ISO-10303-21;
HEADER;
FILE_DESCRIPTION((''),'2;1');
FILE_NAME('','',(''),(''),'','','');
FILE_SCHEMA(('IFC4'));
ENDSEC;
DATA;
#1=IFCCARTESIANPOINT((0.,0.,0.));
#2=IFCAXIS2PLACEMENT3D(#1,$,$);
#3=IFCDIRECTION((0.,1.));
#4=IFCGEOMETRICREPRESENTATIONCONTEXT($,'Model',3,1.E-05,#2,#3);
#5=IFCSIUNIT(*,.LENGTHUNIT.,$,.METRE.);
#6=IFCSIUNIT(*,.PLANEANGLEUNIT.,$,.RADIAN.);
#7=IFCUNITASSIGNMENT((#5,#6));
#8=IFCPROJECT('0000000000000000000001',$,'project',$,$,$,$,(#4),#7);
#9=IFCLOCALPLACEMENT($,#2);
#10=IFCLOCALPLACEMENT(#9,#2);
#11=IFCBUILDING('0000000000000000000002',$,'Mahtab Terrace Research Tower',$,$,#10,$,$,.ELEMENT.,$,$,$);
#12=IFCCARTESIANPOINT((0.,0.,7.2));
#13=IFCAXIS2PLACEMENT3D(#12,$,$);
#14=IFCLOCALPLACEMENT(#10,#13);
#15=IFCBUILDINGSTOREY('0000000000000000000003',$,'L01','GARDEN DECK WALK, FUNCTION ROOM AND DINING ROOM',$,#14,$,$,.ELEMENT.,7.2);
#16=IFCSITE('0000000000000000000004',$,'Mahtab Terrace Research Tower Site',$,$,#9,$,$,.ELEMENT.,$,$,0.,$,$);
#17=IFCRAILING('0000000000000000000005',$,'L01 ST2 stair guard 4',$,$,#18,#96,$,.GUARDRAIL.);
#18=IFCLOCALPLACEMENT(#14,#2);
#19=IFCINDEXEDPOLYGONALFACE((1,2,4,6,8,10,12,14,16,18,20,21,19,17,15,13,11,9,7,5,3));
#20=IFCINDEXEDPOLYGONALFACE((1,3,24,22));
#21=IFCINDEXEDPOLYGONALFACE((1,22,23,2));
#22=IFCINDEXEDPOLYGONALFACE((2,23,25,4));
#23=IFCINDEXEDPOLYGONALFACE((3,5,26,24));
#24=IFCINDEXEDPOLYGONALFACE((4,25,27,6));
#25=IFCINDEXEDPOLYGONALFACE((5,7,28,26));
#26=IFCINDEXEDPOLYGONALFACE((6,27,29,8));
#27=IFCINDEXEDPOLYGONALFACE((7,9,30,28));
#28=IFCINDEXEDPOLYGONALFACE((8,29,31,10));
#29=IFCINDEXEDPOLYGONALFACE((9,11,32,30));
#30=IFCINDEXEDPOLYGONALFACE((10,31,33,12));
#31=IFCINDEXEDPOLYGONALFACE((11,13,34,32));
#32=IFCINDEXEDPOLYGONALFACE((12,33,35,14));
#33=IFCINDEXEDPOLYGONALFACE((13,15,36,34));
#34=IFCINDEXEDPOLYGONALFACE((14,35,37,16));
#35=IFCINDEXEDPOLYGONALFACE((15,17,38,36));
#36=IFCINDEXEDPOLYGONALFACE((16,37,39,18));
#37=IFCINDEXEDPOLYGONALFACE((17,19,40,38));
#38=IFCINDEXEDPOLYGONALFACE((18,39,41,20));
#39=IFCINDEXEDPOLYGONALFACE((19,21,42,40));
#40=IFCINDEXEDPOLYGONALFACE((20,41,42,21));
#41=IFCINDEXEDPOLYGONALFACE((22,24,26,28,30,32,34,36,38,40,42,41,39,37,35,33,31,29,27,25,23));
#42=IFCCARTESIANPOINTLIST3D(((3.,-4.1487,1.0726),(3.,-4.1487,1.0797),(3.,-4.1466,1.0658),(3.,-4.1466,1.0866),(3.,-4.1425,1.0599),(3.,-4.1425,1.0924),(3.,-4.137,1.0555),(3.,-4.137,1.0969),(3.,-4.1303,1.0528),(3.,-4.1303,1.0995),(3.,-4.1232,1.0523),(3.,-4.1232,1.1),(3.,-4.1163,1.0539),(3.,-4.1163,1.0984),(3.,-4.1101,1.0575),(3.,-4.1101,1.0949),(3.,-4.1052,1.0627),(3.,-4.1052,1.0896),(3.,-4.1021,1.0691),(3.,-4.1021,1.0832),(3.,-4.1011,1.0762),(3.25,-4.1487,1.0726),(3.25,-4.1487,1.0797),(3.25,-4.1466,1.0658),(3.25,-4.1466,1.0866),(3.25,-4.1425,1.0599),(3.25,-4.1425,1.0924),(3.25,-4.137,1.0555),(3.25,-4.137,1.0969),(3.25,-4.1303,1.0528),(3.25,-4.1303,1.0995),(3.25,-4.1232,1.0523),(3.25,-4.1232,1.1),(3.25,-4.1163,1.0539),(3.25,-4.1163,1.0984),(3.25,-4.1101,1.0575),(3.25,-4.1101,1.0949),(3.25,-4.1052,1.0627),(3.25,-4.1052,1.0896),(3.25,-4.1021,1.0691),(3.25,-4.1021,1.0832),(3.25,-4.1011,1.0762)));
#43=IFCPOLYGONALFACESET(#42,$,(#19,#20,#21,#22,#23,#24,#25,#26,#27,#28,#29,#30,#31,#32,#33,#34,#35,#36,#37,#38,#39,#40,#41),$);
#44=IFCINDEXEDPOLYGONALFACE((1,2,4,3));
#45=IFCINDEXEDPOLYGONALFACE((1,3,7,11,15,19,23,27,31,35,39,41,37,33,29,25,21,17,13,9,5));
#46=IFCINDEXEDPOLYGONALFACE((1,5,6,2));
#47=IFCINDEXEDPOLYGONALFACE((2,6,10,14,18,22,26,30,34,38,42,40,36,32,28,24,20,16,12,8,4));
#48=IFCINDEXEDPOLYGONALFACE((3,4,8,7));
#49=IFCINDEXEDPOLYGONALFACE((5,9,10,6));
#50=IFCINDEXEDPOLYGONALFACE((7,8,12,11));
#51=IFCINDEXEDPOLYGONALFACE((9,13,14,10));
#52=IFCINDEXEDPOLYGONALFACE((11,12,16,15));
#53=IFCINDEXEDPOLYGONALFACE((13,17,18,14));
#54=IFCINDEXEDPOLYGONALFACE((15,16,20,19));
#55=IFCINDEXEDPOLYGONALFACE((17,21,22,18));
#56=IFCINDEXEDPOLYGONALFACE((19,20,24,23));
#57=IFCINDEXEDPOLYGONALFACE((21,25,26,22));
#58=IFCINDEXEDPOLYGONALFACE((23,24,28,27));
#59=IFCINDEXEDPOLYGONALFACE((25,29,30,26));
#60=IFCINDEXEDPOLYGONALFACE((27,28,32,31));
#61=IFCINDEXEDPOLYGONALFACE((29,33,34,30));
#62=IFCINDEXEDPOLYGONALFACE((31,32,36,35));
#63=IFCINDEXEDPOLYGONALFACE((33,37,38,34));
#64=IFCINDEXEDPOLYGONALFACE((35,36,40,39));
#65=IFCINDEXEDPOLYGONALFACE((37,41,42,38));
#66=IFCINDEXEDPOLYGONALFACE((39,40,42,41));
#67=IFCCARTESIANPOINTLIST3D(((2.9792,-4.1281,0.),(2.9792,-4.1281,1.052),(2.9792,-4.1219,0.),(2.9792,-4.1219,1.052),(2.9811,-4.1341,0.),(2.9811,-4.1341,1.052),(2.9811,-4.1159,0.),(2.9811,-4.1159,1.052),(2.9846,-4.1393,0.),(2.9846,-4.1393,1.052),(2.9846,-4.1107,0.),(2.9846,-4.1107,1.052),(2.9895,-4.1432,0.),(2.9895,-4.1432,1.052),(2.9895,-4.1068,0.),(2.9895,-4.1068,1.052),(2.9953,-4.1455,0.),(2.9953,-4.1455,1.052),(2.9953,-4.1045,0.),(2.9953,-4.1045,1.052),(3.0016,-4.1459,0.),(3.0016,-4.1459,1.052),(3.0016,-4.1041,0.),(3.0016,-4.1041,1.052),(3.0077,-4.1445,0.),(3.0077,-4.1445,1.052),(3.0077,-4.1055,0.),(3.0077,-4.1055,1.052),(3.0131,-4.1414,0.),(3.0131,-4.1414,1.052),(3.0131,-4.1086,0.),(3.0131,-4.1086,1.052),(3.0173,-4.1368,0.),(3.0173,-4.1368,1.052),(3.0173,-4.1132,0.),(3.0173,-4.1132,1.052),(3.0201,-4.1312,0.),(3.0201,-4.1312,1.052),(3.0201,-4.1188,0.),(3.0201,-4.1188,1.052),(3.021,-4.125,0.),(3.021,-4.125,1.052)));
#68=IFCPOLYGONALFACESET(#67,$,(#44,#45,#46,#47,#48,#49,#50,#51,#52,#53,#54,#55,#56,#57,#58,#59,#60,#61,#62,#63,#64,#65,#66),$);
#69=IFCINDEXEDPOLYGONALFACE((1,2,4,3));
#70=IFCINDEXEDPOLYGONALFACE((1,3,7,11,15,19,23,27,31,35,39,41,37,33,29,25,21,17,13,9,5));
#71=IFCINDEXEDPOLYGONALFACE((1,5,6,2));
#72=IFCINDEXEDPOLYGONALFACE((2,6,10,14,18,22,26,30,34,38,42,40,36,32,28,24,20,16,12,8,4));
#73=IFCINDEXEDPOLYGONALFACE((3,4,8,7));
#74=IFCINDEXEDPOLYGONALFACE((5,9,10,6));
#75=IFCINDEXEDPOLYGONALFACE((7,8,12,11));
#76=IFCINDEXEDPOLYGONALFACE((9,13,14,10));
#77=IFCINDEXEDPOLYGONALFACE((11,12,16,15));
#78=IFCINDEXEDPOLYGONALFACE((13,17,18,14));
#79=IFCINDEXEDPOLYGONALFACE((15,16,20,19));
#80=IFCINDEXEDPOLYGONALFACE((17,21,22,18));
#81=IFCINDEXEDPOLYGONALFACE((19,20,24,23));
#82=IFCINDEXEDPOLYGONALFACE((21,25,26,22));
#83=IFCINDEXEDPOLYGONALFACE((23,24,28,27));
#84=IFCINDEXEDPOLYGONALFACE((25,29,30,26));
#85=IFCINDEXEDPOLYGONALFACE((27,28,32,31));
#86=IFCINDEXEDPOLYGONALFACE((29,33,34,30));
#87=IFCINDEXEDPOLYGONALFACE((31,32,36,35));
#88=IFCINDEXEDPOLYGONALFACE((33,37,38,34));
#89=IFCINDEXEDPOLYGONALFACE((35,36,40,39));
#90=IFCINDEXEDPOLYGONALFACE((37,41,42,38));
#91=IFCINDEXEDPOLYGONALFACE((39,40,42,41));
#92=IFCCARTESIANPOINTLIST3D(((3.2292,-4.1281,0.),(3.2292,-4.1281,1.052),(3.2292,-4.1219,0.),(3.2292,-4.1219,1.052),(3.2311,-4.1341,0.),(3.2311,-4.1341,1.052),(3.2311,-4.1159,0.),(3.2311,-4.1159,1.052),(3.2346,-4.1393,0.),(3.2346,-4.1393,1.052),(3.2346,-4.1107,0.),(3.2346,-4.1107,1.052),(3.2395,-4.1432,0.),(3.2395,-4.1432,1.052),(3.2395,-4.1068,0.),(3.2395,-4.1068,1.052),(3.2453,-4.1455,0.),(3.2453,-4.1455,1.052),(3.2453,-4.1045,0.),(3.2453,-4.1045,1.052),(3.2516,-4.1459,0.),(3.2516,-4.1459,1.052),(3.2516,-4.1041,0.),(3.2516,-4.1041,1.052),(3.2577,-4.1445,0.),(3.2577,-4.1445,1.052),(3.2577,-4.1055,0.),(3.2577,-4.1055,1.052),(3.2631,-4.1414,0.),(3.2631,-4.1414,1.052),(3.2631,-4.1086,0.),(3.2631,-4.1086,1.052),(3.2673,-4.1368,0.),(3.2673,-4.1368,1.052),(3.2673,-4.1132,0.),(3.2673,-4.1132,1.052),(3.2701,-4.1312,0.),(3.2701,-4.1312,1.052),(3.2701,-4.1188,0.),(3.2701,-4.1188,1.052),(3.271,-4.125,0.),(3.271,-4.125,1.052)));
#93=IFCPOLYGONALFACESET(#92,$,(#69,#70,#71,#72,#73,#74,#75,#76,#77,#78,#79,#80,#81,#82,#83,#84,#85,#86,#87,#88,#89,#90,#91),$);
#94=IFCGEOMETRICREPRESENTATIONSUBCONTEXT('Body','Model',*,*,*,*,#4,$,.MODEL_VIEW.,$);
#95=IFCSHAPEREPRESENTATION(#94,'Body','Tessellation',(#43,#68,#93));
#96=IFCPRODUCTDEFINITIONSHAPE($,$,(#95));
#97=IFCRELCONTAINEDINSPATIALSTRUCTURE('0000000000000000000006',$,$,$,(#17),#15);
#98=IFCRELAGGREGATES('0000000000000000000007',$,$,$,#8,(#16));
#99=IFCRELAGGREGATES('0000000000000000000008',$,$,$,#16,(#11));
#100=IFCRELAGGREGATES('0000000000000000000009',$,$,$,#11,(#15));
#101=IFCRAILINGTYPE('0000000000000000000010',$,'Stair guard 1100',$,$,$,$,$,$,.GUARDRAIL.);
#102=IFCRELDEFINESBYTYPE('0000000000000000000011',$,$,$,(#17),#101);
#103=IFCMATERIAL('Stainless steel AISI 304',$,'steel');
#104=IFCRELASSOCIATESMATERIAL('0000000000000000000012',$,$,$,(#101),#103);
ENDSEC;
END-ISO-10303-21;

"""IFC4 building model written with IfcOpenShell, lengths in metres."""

from ifc_helpers import new_model, si_unit, direction, frame, origin, origin_2d, place, context, subcontext, project, spatial, circle, extrude, material, type_object, element, save


model = new_model("IFC4")

# Units and contexts
model_context = context("Model", 3, precision=1e-05, world=origin(), true_north=direction((0.0, 1.0)))
body_context = subcontext(model_context, "Body", "Model", "MODEL_VIEW")
ifc_project = project(units=[si_unit("LENGTHUNIT", "METRE"), si_unit("PLANEANGLEUNIT", "RADIAN")], contexts=[model_context])

# Site, building, storey
site_placement = place(None, origin())
site = spatial("IfcSite", under=ifc_project, at=site_placement, Name="Mahtab Terrace Research Tower Site", CompositionType="ELEMENT", RefElevation=0.0)
building_placement = place(site_placement, origin())
building = spatial("IfcBuilding", under=site, at=building_placement, Name="Mahtab Terrace Research Tower", CompositionType="ELEMENT")
storey_placement = place(building_placement, frame((0.0, 0.0, 7.2)))
storey = spatial("IfcBuildingStorey", under=building, at=storey_placement, Name="L01", Description="GARDEN DECK WALK, FUNCTION ROOM AND DINING ROOM", CompositionType="ELEMENT", Elevation=7.2)

# Shared definitions
ifc_material_1 = material(Name="Stainless steel AISI 304", Category="steel")

# Railing
railing_type_1 = type_object("IfcRailingType", Name="Stair guard 1100", PredefinedType="GUARDRAIL", material=ifc_material_1)
railing_1_placement = place(storey_placement, frame((3.0, -4.125, 0.0)))
element("IfcRailing", 1, at=railing_1_placement, inside=storey, type_object=railing_type_1, Name="L01 ST2 stair guard 4", PredefinedType="GUARDRAIL", context=body_context, shape_type="SweptSolid", body=[
    extrude(circle(Radius=0.0239, at=origin_2d()), frame((0.0, 0.0, 1.0762), z_axis=(1.0, 0.0, 0.0), x_axis=(0.0, 1.0, 0.0)), (0.0, 0.0, 1.0), 0.25),
    extrude(circle(Radius=0.021, at=origin_2d()), origin(), (0.0, 0.0, 1.0), 1.052),
    extrude(circle(Radius=0.021, at=origin_2d()), frame((0.25, 0.0, 0.0)), (0.0, 0.0, 1.0), 1.052),
])

save(model, "model.ifc")
